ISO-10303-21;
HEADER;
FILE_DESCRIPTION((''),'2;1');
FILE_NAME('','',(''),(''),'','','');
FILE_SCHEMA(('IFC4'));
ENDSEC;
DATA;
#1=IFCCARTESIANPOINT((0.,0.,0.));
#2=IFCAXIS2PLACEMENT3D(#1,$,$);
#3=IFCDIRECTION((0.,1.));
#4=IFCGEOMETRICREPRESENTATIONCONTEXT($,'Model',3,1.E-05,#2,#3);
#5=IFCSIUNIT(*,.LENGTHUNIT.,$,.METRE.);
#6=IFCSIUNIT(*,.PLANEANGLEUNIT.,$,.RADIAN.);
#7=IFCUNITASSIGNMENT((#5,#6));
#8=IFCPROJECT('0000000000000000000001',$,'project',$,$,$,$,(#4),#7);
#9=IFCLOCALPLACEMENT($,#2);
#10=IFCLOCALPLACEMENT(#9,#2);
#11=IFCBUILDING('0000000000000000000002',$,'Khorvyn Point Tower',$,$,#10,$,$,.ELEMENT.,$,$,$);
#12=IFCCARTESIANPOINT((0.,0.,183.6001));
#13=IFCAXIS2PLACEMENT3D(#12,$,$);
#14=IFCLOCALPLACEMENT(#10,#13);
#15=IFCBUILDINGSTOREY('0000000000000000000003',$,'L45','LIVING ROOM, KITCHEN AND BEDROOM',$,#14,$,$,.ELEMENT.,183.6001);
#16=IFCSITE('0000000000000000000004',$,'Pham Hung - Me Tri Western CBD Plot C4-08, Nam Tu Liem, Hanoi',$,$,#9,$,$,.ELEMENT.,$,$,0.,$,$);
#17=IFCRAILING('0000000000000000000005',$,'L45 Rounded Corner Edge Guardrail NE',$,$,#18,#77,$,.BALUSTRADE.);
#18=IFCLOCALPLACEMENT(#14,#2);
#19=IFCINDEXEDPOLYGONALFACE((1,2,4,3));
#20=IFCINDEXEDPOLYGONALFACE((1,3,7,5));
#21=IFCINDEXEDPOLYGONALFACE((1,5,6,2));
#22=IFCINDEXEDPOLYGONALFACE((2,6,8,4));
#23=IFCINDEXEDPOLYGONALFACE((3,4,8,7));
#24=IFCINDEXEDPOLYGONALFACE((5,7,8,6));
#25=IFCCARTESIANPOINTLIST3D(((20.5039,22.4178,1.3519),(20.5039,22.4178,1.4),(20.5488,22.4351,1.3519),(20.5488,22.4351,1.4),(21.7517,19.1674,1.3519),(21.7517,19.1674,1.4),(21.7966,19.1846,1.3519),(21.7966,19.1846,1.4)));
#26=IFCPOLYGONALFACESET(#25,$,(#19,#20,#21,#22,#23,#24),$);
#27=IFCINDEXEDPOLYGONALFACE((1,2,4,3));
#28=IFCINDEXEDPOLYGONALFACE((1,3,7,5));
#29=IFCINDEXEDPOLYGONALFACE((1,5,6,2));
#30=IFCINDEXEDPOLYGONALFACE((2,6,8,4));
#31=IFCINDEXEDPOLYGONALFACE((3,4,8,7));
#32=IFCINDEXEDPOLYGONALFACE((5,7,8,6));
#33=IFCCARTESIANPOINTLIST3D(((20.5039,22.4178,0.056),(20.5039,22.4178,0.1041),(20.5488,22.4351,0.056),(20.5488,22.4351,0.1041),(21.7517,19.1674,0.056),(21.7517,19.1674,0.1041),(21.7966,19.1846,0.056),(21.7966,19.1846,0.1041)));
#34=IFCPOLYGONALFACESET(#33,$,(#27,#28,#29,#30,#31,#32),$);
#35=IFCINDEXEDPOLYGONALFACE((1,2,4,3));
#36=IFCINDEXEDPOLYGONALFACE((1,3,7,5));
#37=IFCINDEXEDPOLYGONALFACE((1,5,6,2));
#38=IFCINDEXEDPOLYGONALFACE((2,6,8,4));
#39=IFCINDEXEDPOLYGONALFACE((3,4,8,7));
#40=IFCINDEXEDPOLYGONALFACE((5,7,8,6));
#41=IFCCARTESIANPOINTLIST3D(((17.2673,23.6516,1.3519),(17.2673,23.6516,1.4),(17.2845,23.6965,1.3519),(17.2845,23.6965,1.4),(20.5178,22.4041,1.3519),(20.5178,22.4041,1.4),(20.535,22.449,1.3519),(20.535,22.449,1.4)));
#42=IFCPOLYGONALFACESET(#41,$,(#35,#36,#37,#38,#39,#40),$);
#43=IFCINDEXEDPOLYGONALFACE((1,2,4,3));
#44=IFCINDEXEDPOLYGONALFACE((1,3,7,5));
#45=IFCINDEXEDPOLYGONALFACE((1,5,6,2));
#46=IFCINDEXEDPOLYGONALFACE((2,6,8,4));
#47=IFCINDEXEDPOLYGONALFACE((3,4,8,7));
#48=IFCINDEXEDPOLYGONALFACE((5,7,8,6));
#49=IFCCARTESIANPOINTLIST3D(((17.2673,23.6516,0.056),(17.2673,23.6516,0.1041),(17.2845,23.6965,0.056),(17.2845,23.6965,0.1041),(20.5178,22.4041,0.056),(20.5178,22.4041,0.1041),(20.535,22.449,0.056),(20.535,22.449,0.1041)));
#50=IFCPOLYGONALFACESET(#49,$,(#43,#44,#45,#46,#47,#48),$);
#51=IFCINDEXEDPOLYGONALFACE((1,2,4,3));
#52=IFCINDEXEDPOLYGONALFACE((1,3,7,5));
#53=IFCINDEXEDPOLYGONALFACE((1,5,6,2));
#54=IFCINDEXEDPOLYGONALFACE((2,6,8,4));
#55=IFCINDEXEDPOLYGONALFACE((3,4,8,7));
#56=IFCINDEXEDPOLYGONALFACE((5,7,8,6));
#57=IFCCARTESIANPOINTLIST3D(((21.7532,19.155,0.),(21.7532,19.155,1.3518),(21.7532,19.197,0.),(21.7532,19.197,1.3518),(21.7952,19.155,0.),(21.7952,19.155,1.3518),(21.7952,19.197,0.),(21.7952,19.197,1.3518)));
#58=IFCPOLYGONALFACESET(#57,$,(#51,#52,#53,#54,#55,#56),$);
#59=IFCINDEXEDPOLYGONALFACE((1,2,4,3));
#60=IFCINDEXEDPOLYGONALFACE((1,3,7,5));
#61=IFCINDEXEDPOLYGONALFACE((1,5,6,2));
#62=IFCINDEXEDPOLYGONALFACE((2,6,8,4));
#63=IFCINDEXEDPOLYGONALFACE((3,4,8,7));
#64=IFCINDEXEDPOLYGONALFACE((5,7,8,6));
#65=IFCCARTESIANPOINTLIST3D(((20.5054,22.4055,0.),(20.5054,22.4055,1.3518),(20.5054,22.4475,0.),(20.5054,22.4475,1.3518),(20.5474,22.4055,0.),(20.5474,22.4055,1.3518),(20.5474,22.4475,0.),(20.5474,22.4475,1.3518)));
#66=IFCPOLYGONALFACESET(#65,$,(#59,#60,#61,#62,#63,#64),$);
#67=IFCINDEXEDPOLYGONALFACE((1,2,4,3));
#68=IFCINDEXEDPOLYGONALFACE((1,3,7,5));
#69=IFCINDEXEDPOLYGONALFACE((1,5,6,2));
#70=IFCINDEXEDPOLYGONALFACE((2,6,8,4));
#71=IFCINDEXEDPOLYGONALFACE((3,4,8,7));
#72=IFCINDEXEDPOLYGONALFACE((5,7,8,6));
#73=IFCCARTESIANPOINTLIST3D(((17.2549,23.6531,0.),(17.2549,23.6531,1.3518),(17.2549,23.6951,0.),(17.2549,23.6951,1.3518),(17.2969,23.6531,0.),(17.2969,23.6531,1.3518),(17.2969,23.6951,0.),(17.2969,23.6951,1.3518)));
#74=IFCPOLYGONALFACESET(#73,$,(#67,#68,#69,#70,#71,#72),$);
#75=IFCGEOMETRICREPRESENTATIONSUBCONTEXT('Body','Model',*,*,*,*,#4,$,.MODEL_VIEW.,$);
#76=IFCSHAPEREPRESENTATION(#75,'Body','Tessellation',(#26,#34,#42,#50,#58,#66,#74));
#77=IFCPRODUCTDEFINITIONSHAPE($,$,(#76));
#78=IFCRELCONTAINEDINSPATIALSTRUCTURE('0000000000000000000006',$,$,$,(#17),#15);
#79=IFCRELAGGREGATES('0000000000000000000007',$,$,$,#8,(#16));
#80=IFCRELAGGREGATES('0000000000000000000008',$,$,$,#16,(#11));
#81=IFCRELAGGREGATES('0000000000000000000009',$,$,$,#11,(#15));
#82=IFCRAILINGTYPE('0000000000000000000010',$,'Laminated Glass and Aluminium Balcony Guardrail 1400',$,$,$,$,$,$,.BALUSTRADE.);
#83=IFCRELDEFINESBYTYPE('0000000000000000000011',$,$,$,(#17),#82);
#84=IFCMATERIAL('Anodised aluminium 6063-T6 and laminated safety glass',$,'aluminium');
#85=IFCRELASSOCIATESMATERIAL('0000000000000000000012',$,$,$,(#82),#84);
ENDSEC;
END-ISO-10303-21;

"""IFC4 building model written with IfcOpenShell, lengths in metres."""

from ifc_helpers import new_model, si_unit, direction, frame, origin, origin_2d, place, context, subcontext, project, spatial, rectangle, extrude, material, type_object, element, save


model = new_model("IFC4")

# Units and contexts
model_context = context("Model", 3, precision=1e-05, world=origin(), true_north=direction((0.0, 1.0)))
body_context = subcontext(model_context, "Body", "Model", "MODEL_VIEW")
ifc_project = project(units=[si_unit("LENGTHUNIT", "METRE"), si_unit("PLANEANGLEUNIT", "RADIAN")], contexts=[model_context])

# Site, building, storey
site_placement = place(None, origin())
site = spatial("IfcSite", under=ifc_project, at=site_placement, Name="Pham Hung - Me Tri Western CBD Plot C4-08, Nam Tu Liem, Hanoi", CompositionType="ELEMENT", RefElevation=0.0)
building_placement = place(site_placement, origin())
building = spatial("IfcBuilding", under=site, at=building_placement, Name="Khorvyn Point Tower", CompositionType="ELEMENT")
storey_placement = place(building_placement, frame((0.0, 0.0, 183.6001)))
storey = spatial("IfcBuildingStorey", under=building, at=storey_placement, Name="L45", Description="LIVING ROOM, KITCHEN AND BEDROOM", CompositionType="ELEMENT", Elevation=183.6001)

# Railing
ifc_material_1 = material(Name="Anodised aluminium 6063-T6 and laminated safety glass", Category="aluminium")
railing_type = type_object("IfcRailingType", Name="Laminated Glass and Aluminium Balcony Guardrail 1400", PredefinedType="BALUSTRADE", material=ifc_material_1)
railing_1_placement = place(storey_placement, frame((21.7742, 19.176, 0.0)))
element("IfcRailing", 1, at=railing_1_placement, inside=storey, type_object=railing_type, Name="L45 Rounded Corner Edge Guardrail NE", PredefinedType="BALUSTRADE", context=body_context, shape_type="SweptSolid", body=[
    extrude(rectangle(XDim=0.0481, YDim=0.0481, at=origin_2d()), frame((0.0, 0.0, 1.376), z_axis=(-0.358382, 0.933575, 0.0), x_axis=(-0.933575, -0.358382, 0.0)), (0.0, 0.0, 1.0), 3.4817),
    extrude(rectangle(XDim=0.0481, YDim=0.0481, at=origin_2d()), frame((0.0, 0.0, 0.0801), z_axis=(-0.358382, 0.933575, 0.0), x_axis=(-0.933575, -0.358382, 0.0)), (0.0, 0.0, 1.0), 3.4817),
    extrude(rectangle(XDim=0.0481, YDim=0.0481, at=origin_2d()), frame((-1.2478, 3.2505, 1.376), z_axis=(-0.933598, 0.358321, 0.0), x_axis=(-0.358321, -0.933598, 0.0)), (0.0, 0.0, 1.0), 3.4817),
    extrude(rectangle(XDim=0.0481, YDim=0.0481, at=origin_2d()), frame((-1.2478, 3.2505, 0.0801), z_axis=(-0.933598, 0.358321, 0.0), x_axis=(-0.358321, -0.933598, 0.0)), (0.0, 0.0, 1.0), 3.4817),
    extrude(rectangle(XDim=0.042, YDim=0.042, at=origin_2d()), origin(), (0.0, 0.0, 1.0), 1.3518),
    extrude(rectangle(XDim=0.042, YDim=0.042, at=origin_2d()), frame((-1.2478, 3.2505, 0.0)), (0.0, 0.0, 1.0), 1.3518),
    extrude(rectangle(XDim=0.042, YDim=0.042, at=origin_2d()), frame((-4.4983, 4.498, 0.0)), (0.0, 0.0, 1.0), 1.3518),
])

save(model, "model.ifc")
